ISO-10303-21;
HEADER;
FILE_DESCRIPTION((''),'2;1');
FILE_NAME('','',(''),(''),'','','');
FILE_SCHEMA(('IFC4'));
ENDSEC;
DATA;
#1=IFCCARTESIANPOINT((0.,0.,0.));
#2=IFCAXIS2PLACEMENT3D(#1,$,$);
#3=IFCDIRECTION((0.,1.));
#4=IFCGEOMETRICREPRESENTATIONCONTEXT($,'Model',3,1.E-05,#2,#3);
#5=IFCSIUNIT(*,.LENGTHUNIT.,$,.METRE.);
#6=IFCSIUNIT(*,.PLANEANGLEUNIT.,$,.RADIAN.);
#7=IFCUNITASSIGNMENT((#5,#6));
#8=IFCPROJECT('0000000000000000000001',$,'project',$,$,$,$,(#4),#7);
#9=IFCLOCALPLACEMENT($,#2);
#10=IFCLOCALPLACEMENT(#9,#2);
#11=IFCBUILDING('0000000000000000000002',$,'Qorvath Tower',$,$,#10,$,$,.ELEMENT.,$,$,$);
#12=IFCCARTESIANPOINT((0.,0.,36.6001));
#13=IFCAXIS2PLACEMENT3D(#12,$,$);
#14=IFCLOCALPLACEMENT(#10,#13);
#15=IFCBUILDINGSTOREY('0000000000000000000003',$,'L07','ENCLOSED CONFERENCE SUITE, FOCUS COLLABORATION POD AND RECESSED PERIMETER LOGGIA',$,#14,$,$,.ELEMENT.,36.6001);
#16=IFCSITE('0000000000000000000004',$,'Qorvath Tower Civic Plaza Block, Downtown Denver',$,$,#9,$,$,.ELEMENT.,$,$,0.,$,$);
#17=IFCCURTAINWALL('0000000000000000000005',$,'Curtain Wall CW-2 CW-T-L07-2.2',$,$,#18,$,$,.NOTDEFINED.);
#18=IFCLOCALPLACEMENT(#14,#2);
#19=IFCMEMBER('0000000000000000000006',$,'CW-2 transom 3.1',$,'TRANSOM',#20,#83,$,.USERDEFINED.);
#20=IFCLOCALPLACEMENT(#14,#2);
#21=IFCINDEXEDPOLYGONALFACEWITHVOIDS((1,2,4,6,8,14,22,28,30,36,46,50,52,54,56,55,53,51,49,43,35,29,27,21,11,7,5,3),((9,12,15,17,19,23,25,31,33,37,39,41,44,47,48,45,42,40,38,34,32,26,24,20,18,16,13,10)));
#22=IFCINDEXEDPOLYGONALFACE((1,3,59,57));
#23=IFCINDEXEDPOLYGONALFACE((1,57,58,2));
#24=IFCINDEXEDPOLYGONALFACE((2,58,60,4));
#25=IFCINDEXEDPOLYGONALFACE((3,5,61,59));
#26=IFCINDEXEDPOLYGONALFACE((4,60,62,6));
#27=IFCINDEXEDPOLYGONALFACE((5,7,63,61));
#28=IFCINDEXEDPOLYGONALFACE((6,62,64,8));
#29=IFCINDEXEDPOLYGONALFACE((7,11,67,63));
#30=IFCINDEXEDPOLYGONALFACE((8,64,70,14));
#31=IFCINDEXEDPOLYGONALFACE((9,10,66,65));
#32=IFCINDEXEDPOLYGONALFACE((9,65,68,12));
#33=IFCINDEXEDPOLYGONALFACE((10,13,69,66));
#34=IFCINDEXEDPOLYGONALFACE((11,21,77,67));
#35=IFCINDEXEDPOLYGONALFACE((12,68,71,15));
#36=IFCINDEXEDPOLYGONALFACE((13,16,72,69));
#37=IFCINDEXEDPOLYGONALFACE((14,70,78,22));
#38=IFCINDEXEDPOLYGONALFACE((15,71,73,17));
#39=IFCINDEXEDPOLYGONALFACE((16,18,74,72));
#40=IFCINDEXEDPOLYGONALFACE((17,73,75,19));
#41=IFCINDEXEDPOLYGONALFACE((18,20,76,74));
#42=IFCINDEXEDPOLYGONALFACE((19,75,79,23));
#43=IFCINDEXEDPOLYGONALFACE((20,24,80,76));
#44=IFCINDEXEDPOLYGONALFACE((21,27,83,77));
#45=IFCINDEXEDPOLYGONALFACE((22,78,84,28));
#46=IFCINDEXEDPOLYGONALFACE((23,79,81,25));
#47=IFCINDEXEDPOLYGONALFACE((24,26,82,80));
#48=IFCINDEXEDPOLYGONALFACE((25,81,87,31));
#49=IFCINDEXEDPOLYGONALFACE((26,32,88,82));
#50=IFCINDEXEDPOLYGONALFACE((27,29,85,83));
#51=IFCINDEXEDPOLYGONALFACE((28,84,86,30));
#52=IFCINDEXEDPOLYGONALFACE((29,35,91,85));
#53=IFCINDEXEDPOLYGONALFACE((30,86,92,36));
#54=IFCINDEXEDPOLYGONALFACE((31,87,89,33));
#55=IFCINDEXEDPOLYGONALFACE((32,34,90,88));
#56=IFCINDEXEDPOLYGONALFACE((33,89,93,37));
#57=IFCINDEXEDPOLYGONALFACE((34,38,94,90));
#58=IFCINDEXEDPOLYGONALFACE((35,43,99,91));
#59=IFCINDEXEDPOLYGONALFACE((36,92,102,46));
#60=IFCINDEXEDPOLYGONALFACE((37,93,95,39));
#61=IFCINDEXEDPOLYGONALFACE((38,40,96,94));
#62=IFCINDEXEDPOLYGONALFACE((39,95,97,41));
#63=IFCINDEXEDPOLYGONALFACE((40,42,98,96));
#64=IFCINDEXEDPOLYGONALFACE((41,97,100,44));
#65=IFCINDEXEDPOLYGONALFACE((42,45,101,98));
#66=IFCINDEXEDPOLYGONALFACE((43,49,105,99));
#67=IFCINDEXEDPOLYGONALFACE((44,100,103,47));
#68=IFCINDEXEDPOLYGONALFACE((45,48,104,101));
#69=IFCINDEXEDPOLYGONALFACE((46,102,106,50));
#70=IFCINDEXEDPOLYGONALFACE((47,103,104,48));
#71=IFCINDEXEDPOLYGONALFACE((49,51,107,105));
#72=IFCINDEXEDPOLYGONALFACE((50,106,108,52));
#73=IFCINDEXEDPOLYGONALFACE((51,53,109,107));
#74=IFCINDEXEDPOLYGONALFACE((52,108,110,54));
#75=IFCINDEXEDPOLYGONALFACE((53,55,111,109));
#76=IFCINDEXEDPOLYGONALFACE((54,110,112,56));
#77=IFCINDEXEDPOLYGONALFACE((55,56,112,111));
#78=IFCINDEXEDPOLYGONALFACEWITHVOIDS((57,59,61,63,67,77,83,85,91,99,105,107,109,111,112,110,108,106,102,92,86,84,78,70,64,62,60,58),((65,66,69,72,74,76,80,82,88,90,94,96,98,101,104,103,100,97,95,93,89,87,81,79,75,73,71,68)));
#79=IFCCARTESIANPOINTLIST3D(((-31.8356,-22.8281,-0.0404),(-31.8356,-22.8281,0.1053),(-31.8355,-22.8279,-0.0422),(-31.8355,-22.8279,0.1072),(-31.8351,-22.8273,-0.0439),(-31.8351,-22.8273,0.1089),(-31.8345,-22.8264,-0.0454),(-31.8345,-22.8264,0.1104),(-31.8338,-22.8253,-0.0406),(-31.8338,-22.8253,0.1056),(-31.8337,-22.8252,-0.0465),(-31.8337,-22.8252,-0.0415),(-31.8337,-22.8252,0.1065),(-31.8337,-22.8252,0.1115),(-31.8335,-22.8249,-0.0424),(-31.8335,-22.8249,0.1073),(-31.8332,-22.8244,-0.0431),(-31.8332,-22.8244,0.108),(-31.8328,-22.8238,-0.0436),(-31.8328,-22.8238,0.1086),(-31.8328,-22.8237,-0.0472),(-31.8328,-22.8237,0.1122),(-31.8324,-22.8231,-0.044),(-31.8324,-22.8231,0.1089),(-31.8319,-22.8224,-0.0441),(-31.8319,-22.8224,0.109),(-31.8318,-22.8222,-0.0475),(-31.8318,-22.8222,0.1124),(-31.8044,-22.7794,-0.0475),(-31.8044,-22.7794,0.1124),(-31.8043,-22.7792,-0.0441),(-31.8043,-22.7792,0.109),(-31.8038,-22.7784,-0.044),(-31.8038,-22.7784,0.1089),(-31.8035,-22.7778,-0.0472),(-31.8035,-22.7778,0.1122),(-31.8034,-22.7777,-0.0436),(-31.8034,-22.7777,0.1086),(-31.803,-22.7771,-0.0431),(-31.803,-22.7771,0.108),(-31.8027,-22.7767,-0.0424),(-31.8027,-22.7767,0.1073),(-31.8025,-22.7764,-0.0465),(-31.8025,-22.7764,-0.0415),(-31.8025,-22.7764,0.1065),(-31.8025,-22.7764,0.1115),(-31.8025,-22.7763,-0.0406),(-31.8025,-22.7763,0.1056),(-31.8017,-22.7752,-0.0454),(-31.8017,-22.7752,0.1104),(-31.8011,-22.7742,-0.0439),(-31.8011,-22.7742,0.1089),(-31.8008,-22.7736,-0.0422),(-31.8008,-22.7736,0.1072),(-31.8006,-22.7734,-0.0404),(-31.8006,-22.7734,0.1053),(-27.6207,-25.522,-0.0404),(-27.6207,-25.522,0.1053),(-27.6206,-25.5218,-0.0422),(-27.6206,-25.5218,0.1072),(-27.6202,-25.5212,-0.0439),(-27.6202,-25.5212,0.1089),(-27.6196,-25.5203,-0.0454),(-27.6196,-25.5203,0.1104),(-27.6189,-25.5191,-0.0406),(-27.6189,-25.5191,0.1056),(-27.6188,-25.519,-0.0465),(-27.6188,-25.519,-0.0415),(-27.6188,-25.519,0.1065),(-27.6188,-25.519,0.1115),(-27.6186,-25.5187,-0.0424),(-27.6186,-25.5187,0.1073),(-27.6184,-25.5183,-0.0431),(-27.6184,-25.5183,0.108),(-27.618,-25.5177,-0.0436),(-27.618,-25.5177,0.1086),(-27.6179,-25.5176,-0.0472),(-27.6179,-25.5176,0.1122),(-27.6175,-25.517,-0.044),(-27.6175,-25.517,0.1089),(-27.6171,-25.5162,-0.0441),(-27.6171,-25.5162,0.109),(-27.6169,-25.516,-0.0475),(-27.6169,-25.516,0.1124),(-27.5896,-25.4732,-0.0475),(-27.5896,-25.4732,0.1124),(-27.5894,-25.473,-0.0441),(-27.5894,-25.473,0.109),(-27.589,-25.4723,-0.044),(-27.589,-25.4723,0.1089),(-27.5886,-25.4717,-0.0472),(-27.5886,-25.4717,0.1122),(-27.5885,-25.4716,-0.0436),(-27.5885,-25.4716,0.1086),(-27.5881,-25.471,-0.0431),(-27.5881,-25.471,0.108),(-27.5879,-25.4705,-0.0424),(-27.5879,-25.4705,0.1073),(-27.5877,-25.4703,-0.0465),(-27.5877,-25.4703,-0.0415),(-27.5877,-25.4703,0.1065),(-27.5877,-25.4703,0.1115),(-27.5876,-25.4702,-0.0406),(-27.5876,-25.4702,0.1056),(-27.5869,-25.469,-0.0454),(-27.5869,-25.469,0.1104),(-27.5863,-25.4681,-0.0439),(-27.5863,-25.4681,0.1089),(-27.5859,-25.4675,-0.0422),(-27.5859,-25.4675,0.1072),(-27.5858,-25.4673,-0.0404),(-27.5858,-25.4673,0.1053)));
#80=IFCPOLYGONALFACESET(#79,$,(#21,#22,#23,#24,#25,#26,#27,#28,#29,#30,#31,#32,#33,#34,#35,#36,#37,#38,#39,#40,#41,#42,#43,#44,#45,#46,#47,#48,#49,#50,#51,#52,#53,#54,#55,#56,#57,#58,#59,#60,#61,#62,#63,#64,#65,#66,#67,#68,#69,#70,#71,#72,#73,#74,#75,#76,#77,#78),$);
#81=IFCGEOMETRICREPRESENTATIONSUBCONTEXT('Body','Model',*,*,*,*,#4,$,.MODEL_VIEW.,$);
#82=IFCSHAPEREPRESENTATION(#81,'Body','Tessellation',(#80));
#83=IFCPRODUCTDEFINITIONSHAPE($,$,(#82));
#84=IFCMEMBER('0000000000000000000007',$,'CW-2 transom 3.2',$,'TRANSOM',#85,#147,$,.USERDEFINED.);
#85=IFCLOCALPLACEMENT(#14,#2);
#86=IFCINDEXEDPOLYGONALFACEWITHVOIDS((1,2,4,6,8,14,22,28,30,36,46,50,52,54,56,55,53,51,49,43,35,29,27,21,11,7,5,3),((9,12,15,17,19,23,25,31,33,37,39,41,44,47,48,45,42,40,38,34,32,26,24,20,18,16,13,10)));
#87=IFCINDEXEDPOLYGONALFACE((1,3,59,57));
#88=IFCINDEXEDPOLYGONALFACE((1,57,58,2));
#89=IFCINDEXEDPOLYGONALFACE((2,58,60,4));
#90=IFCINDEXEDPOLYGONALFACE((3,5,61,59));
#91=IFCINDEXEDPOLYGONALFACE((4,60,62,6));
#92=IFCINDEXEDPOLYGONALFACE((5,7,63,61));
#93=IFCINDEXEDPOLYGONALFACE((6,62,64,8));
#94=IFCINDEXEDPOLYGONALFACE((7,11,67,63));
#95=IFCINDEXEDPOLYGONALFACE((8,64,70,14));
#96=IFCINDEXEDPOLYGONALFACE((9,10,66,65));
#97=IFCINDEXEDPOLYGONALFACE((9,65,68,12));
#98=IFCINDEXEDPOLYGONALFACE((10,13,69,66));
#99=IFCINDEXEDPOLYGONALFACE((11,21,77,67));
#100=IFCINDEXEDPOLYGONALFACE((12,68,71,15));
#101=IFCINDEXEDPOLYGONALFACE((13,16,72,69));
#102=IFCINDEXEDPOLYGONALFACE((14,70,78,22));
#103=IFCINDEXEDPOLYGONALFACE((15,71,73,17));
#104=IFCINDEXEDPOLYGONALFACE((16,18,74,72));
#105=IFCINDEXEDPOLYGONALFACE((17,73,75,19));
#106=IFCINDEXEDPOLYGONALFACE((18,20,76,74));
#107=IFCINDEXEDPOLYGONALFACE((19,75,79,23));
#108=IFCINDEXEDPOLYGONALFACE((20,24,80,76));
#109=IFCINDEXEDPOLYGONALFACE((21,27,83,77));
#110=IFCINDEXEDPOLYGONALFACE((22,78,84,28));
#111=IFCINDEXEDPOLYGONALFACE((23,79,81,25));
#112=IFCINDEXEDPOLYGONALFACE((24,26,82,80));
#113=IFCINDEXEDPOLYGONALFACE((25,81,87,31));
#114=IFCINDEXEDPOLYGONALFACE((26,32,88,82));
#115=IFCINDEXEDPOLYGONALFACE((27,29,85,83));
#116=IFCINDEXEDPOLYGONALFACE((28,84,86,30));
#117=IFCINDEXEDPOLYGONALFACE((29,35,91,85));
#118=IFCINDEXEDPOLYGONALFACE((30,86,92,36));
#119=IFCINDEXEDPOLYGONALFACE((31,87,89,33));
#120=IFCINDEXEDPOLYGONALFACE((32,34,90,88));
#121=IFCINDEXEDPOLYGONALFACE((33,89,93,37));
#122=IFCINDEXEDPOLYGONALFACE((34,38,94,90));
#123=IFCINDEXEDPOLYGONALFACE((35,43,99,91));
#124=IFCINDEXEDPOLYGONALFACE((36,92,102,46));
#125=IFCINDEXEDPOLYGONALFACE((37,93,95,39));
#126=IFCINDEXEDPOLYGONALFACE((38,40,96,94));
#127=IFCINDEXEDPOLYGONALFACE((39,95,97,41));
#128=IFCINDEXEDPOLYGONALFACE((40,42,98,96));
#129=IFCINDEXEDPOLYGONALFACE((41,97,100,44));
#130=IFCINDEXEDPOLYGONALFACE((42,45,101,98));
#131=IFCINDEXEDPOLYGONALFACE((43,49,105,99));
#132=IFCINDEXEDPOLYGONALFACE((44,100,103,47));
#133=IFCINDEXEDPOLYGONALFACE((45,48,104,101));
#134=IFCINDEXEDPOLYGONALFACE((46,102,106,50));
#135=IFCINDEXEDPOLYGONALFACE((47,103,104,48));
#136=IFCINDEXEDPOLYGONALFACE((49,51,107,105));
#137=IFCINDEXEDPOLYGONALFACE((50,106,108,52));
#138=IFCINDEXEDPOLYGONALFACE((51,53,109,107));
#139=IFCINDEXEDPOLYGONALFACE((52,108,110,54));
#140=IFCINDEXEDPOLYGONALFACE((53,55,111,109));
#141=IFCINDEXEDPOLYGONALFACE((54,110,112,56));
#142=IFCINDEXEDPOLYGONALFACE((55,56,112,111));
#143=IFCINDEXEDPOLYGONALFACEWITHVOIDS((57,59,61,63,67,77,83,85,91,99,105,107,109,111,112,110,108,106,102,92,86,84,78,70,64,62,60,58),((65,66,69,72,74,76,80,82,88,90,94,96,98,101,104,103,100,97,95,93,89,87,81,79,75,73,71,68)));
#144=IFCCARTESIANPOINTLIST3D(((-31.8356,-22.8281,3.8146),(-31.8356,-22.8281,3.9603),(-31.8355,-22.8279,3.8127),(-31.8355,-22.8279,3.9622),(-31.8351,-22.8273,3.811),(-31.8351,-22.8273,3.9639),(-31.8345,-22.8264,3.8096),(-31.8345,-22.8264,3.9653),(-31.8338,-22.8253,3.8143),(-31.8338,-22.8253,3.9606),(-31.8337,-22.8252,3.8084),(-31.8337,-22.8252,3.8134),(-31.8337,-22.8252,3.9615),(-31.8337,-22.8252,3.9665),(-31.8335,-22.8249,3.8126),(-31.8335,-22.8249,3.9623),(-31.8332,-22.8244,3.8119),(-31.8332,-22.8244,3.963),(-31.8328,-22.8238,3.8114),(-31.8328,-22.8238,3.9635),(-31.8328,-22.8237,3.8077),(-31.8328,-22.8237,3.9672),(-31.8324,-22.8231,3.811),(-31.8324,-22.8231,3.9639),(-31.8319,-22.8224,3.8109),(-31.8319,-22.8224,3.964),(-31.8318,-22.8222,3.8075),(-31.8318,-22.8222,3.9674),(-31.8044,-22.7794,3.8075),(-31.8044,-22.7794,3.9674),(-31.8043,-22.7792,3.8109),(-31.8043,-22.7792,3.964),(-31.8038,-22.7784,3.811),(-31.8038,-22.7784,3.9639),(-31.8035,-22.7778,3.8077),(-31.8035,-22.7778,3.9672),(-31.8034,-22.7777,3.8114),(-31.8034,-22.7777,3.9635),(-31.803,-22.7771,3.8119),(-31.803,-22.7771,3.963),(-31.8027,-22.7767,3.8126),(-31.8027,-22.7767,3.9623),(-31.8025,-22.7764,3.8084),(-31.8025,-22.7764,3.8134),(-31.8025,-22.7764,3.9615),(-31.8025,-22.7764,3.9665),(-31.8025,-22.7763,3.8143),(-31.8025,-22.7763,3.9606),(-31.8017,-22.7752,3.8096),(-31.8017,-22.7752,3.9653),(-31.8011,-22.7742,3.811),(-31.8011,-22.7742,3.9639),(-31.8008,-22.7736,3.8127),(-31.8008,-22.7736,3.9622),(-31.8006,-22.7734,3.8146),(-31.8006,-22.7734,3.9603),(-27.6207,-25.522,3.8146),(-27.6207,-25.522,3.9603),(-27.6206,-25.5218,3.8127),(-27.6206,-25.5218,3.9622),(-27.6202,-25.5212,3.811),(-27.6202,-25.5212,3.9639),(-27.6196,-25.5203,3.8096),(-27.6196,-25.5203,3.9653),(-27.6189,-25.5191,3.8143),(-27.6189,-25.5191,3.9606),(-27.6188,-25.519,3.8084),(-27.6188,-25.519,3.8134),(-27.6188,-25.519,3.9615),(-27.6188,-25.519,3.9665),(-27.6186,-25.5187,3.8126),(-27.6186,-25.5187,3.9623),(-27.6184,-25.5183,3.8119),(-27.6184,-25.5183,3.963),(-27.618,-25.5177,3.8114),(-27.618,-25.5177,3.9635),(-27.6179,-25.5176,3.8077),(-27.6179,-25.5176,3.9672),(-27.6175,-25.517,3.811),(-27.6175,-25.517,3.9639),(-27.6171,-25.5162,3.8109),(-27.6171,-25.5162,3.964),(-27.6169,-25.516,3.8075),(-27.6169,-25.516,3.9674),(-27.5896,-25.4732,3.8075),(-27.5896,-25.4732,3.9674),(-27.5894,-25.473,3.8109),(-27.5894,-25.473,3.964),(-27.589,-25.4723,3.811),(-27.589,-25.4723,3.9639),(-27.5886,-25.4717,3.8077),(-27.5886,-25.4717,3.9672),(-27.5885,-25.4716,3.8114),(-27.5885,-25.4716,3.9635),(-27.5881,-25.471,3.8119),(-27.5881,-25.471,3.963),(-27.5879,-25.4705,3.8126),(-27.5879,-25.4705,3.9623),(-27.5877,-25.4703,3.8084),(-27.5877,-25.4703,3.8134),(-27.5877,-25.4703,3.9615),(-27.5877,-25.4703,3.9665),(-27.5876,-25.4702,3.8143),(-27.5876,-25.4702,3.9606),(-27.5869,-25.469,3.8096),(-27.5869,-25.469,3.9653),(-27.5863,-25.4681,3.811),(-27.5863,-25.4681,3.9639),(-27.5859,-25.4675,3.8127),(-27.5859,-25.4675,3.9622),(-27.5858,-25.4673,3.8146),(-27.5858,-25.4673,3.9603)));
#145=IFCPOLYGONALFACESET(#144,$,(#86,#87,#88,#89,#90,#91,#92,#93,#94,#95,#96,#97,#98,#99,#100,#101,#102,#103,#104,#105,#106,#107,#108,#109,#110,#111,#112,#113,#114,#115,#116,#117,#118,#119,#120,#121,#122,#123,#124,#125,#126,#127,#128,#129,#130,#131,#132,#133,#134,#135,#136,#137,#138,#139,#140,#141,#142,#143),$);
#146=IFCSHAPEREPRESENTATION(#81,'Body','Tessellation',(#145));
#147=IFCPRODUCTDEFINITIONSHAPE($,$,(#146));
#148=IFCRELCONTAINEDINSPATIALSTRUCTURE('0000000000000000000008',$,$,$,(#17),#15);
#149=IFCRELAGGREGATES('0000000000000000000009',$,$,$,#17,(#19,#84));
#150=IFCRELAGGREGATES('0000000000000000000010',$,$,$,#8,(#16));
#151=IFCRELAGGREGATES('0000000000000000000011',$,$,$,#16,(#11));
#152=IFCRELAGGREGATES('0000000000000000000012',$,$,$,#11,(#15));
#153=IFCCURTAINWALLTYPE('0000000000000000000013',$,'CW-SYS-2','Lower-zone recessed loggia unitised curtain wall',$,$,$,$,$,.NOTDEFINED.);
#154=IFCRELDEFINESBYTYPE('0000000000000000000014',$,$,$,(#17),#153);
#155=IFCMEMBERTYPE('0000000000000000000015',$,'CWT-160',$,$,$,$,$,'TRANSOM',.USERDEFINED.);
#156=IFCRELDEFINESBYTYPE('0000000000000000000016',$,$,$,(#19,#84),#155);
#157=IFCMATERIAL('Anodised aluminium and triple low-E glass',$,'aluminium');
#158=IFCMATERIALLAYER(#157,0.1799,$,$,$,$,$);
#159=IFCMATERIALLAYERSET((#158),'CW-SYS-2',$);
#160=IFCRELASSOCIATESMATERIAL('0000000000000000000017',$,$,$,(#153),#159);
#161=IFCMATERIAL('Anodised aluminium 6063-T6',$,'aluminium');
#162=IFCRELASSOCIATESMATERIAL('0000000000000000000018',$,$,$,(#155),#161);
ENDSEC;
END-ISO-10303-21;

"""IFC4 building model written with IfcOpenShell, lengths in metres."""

from ifc_helpers import new_model, si_unit, direction, frame, origin, origin_2d, place, context, subcontext, project, spatial, hollow_rectangle, extrude, material, layer, layer_set, material_profile, profile_set, type_object, element, aggregate, save


model = new_model("IFC4")

# Units and contexts
model_context = context("Model", 3, precision=1e-05, world=origin(), true_north=direction((0.0, 1.0)))
body_context = subcontext(model_context, "Body", "Model", "MODEL_VIEW")
ifc_project = project(units=[si_unit("LENGTHUNIT", "METRE"), si_unit("PLANEANGLEUNIT", "RADIAN")], contexts=[model_context])

# Site, building, storey
site_placement = place(None, origin())
site = spatial("IfcSite", under=ifc_project, at=site_placement, Name="Qorvath Tower Civic Plaza Block, Downtown Denver", CompositionType="ELEMENT", RefElevation=0.0)
building_placement = place(site_placement, origin())
building = spatial("IfcBuilding", under=site, at=building_placement, Name="Qorvath Tower", CompositionType="ELEMENT")
storey_placement = place(building_placement, frame((0.0, 0.0, 36.6001)))
storey = spatial("IfcBuildingStorey", under=building, at=storey_placement, Name="L07", Description="ENCLOSED CONFERENCE SUITE, FOCUS COLLABORATION POD AND RECESSED PERIMETER LOGGIA", CompositionType="ELEMENT", Elevation=36.6001)

# Curtain wall, members
ifc_material_1 = material(Name="Anodised aluminium and triple low-E glass", Category="aluminium")
ifc_layer_1 = layer(ifc_material_1, 0.1799)
ifc_layer_set_1 = layer_set([ifc_layer_1], Name="CW-SYS-2")
curtain_wall_type = type_object("IfcCurtainWallType", Name="CW-SYS-2", Description="Lower-zone recessed loggia unitised curtain wall", PredefinedType="NOTDEFINED", material=ifc_layer_set_1)
curtain_wall_placement = place(storey_placement, origin())
curtain_wall = element("IfcCurtainWall", 1, at=curtain_wall_placement, inside=storey, type_object=curtain_wall_type, Name="Curtain Wall CW-2 CW-T-L07-2.2", PredefinedType="NOTDEFINED")
ifc_material_2 = material(Name="Anodised aluminium 6063-T6", Category="aluminium")
ifc_material_profile_1 = material_profile(ifc_material_2, hollow_rectangle(XDim=0.0649, YDim=0.1599, WallThickness=0.0034, InnerFilletRadius=0.0034, OuterFilletRadius=0.0071, at=origin_2d()), Name="CWT 160x65")
ifc_profile_set_1 = profile_set([ifc_material_profile_1], Name="Anodised aluminium 6063-T6")
member_type_1 = type_object("IfcMemberType", Name="CWT-160", ElementType="TRANSOM", PredefinedType="USERDEFINED", material=ifc_profile_set_1)
member_1_placement = place(storey_placement, frame((-31.8181, -22.8008, 0.0325), z_axis=(0.842603, -0.538536, 0.0), x_axis=(0.538536, 0.842603, 0.0)))
member_1 = element("IfcMember", 2, at=member_1_placement, type_object=member_type_1, Name="CW-2 transom 3.1", ObjectType="TRANSOM", PredefinedType="USERDEFINED", context=body_context, shape_type="SweptSolid", body=[
    extrude(hollow_rectangle(XDim=0.0649, YDim=0.1599, WallThickness=0.0034, InnerFilletRadius=0.0034, OuterFilletRadius=0.0071, at=origin_2d()), origin(), (0.0, 0.0, 1.0), 5.0022),
])
member_2_placement = place(storey_placement, frame((-31.8181, -22.8008, 3.8875), z_axis=(0.842603, -0.538536, 0.0), x_axis=(0.538536, 0.842603, 0.0)))
member_2 = element("IfcMember", 3, at=member_2_placement, type_object=member_type_1, Name="CW-2 transom 3.2", ObjectType="TRANSOM", PredefinedType="USERDEFINED", context=body_context, shape_type="SweptSolid", body=[
    extrude(hollow_rectangle(XDim=0.0649, YDim=0.1599, WallThickness=0.0034, InnerFilletRadius=0.0034, OuterFilletRadius=0.0071, at=origin_2d()), origin(), (0.0, 0.0, 1.0), 5.0022),
])
aggregate(curtain_wall, [member_1, member_2])

save(model, "model.ifc")
